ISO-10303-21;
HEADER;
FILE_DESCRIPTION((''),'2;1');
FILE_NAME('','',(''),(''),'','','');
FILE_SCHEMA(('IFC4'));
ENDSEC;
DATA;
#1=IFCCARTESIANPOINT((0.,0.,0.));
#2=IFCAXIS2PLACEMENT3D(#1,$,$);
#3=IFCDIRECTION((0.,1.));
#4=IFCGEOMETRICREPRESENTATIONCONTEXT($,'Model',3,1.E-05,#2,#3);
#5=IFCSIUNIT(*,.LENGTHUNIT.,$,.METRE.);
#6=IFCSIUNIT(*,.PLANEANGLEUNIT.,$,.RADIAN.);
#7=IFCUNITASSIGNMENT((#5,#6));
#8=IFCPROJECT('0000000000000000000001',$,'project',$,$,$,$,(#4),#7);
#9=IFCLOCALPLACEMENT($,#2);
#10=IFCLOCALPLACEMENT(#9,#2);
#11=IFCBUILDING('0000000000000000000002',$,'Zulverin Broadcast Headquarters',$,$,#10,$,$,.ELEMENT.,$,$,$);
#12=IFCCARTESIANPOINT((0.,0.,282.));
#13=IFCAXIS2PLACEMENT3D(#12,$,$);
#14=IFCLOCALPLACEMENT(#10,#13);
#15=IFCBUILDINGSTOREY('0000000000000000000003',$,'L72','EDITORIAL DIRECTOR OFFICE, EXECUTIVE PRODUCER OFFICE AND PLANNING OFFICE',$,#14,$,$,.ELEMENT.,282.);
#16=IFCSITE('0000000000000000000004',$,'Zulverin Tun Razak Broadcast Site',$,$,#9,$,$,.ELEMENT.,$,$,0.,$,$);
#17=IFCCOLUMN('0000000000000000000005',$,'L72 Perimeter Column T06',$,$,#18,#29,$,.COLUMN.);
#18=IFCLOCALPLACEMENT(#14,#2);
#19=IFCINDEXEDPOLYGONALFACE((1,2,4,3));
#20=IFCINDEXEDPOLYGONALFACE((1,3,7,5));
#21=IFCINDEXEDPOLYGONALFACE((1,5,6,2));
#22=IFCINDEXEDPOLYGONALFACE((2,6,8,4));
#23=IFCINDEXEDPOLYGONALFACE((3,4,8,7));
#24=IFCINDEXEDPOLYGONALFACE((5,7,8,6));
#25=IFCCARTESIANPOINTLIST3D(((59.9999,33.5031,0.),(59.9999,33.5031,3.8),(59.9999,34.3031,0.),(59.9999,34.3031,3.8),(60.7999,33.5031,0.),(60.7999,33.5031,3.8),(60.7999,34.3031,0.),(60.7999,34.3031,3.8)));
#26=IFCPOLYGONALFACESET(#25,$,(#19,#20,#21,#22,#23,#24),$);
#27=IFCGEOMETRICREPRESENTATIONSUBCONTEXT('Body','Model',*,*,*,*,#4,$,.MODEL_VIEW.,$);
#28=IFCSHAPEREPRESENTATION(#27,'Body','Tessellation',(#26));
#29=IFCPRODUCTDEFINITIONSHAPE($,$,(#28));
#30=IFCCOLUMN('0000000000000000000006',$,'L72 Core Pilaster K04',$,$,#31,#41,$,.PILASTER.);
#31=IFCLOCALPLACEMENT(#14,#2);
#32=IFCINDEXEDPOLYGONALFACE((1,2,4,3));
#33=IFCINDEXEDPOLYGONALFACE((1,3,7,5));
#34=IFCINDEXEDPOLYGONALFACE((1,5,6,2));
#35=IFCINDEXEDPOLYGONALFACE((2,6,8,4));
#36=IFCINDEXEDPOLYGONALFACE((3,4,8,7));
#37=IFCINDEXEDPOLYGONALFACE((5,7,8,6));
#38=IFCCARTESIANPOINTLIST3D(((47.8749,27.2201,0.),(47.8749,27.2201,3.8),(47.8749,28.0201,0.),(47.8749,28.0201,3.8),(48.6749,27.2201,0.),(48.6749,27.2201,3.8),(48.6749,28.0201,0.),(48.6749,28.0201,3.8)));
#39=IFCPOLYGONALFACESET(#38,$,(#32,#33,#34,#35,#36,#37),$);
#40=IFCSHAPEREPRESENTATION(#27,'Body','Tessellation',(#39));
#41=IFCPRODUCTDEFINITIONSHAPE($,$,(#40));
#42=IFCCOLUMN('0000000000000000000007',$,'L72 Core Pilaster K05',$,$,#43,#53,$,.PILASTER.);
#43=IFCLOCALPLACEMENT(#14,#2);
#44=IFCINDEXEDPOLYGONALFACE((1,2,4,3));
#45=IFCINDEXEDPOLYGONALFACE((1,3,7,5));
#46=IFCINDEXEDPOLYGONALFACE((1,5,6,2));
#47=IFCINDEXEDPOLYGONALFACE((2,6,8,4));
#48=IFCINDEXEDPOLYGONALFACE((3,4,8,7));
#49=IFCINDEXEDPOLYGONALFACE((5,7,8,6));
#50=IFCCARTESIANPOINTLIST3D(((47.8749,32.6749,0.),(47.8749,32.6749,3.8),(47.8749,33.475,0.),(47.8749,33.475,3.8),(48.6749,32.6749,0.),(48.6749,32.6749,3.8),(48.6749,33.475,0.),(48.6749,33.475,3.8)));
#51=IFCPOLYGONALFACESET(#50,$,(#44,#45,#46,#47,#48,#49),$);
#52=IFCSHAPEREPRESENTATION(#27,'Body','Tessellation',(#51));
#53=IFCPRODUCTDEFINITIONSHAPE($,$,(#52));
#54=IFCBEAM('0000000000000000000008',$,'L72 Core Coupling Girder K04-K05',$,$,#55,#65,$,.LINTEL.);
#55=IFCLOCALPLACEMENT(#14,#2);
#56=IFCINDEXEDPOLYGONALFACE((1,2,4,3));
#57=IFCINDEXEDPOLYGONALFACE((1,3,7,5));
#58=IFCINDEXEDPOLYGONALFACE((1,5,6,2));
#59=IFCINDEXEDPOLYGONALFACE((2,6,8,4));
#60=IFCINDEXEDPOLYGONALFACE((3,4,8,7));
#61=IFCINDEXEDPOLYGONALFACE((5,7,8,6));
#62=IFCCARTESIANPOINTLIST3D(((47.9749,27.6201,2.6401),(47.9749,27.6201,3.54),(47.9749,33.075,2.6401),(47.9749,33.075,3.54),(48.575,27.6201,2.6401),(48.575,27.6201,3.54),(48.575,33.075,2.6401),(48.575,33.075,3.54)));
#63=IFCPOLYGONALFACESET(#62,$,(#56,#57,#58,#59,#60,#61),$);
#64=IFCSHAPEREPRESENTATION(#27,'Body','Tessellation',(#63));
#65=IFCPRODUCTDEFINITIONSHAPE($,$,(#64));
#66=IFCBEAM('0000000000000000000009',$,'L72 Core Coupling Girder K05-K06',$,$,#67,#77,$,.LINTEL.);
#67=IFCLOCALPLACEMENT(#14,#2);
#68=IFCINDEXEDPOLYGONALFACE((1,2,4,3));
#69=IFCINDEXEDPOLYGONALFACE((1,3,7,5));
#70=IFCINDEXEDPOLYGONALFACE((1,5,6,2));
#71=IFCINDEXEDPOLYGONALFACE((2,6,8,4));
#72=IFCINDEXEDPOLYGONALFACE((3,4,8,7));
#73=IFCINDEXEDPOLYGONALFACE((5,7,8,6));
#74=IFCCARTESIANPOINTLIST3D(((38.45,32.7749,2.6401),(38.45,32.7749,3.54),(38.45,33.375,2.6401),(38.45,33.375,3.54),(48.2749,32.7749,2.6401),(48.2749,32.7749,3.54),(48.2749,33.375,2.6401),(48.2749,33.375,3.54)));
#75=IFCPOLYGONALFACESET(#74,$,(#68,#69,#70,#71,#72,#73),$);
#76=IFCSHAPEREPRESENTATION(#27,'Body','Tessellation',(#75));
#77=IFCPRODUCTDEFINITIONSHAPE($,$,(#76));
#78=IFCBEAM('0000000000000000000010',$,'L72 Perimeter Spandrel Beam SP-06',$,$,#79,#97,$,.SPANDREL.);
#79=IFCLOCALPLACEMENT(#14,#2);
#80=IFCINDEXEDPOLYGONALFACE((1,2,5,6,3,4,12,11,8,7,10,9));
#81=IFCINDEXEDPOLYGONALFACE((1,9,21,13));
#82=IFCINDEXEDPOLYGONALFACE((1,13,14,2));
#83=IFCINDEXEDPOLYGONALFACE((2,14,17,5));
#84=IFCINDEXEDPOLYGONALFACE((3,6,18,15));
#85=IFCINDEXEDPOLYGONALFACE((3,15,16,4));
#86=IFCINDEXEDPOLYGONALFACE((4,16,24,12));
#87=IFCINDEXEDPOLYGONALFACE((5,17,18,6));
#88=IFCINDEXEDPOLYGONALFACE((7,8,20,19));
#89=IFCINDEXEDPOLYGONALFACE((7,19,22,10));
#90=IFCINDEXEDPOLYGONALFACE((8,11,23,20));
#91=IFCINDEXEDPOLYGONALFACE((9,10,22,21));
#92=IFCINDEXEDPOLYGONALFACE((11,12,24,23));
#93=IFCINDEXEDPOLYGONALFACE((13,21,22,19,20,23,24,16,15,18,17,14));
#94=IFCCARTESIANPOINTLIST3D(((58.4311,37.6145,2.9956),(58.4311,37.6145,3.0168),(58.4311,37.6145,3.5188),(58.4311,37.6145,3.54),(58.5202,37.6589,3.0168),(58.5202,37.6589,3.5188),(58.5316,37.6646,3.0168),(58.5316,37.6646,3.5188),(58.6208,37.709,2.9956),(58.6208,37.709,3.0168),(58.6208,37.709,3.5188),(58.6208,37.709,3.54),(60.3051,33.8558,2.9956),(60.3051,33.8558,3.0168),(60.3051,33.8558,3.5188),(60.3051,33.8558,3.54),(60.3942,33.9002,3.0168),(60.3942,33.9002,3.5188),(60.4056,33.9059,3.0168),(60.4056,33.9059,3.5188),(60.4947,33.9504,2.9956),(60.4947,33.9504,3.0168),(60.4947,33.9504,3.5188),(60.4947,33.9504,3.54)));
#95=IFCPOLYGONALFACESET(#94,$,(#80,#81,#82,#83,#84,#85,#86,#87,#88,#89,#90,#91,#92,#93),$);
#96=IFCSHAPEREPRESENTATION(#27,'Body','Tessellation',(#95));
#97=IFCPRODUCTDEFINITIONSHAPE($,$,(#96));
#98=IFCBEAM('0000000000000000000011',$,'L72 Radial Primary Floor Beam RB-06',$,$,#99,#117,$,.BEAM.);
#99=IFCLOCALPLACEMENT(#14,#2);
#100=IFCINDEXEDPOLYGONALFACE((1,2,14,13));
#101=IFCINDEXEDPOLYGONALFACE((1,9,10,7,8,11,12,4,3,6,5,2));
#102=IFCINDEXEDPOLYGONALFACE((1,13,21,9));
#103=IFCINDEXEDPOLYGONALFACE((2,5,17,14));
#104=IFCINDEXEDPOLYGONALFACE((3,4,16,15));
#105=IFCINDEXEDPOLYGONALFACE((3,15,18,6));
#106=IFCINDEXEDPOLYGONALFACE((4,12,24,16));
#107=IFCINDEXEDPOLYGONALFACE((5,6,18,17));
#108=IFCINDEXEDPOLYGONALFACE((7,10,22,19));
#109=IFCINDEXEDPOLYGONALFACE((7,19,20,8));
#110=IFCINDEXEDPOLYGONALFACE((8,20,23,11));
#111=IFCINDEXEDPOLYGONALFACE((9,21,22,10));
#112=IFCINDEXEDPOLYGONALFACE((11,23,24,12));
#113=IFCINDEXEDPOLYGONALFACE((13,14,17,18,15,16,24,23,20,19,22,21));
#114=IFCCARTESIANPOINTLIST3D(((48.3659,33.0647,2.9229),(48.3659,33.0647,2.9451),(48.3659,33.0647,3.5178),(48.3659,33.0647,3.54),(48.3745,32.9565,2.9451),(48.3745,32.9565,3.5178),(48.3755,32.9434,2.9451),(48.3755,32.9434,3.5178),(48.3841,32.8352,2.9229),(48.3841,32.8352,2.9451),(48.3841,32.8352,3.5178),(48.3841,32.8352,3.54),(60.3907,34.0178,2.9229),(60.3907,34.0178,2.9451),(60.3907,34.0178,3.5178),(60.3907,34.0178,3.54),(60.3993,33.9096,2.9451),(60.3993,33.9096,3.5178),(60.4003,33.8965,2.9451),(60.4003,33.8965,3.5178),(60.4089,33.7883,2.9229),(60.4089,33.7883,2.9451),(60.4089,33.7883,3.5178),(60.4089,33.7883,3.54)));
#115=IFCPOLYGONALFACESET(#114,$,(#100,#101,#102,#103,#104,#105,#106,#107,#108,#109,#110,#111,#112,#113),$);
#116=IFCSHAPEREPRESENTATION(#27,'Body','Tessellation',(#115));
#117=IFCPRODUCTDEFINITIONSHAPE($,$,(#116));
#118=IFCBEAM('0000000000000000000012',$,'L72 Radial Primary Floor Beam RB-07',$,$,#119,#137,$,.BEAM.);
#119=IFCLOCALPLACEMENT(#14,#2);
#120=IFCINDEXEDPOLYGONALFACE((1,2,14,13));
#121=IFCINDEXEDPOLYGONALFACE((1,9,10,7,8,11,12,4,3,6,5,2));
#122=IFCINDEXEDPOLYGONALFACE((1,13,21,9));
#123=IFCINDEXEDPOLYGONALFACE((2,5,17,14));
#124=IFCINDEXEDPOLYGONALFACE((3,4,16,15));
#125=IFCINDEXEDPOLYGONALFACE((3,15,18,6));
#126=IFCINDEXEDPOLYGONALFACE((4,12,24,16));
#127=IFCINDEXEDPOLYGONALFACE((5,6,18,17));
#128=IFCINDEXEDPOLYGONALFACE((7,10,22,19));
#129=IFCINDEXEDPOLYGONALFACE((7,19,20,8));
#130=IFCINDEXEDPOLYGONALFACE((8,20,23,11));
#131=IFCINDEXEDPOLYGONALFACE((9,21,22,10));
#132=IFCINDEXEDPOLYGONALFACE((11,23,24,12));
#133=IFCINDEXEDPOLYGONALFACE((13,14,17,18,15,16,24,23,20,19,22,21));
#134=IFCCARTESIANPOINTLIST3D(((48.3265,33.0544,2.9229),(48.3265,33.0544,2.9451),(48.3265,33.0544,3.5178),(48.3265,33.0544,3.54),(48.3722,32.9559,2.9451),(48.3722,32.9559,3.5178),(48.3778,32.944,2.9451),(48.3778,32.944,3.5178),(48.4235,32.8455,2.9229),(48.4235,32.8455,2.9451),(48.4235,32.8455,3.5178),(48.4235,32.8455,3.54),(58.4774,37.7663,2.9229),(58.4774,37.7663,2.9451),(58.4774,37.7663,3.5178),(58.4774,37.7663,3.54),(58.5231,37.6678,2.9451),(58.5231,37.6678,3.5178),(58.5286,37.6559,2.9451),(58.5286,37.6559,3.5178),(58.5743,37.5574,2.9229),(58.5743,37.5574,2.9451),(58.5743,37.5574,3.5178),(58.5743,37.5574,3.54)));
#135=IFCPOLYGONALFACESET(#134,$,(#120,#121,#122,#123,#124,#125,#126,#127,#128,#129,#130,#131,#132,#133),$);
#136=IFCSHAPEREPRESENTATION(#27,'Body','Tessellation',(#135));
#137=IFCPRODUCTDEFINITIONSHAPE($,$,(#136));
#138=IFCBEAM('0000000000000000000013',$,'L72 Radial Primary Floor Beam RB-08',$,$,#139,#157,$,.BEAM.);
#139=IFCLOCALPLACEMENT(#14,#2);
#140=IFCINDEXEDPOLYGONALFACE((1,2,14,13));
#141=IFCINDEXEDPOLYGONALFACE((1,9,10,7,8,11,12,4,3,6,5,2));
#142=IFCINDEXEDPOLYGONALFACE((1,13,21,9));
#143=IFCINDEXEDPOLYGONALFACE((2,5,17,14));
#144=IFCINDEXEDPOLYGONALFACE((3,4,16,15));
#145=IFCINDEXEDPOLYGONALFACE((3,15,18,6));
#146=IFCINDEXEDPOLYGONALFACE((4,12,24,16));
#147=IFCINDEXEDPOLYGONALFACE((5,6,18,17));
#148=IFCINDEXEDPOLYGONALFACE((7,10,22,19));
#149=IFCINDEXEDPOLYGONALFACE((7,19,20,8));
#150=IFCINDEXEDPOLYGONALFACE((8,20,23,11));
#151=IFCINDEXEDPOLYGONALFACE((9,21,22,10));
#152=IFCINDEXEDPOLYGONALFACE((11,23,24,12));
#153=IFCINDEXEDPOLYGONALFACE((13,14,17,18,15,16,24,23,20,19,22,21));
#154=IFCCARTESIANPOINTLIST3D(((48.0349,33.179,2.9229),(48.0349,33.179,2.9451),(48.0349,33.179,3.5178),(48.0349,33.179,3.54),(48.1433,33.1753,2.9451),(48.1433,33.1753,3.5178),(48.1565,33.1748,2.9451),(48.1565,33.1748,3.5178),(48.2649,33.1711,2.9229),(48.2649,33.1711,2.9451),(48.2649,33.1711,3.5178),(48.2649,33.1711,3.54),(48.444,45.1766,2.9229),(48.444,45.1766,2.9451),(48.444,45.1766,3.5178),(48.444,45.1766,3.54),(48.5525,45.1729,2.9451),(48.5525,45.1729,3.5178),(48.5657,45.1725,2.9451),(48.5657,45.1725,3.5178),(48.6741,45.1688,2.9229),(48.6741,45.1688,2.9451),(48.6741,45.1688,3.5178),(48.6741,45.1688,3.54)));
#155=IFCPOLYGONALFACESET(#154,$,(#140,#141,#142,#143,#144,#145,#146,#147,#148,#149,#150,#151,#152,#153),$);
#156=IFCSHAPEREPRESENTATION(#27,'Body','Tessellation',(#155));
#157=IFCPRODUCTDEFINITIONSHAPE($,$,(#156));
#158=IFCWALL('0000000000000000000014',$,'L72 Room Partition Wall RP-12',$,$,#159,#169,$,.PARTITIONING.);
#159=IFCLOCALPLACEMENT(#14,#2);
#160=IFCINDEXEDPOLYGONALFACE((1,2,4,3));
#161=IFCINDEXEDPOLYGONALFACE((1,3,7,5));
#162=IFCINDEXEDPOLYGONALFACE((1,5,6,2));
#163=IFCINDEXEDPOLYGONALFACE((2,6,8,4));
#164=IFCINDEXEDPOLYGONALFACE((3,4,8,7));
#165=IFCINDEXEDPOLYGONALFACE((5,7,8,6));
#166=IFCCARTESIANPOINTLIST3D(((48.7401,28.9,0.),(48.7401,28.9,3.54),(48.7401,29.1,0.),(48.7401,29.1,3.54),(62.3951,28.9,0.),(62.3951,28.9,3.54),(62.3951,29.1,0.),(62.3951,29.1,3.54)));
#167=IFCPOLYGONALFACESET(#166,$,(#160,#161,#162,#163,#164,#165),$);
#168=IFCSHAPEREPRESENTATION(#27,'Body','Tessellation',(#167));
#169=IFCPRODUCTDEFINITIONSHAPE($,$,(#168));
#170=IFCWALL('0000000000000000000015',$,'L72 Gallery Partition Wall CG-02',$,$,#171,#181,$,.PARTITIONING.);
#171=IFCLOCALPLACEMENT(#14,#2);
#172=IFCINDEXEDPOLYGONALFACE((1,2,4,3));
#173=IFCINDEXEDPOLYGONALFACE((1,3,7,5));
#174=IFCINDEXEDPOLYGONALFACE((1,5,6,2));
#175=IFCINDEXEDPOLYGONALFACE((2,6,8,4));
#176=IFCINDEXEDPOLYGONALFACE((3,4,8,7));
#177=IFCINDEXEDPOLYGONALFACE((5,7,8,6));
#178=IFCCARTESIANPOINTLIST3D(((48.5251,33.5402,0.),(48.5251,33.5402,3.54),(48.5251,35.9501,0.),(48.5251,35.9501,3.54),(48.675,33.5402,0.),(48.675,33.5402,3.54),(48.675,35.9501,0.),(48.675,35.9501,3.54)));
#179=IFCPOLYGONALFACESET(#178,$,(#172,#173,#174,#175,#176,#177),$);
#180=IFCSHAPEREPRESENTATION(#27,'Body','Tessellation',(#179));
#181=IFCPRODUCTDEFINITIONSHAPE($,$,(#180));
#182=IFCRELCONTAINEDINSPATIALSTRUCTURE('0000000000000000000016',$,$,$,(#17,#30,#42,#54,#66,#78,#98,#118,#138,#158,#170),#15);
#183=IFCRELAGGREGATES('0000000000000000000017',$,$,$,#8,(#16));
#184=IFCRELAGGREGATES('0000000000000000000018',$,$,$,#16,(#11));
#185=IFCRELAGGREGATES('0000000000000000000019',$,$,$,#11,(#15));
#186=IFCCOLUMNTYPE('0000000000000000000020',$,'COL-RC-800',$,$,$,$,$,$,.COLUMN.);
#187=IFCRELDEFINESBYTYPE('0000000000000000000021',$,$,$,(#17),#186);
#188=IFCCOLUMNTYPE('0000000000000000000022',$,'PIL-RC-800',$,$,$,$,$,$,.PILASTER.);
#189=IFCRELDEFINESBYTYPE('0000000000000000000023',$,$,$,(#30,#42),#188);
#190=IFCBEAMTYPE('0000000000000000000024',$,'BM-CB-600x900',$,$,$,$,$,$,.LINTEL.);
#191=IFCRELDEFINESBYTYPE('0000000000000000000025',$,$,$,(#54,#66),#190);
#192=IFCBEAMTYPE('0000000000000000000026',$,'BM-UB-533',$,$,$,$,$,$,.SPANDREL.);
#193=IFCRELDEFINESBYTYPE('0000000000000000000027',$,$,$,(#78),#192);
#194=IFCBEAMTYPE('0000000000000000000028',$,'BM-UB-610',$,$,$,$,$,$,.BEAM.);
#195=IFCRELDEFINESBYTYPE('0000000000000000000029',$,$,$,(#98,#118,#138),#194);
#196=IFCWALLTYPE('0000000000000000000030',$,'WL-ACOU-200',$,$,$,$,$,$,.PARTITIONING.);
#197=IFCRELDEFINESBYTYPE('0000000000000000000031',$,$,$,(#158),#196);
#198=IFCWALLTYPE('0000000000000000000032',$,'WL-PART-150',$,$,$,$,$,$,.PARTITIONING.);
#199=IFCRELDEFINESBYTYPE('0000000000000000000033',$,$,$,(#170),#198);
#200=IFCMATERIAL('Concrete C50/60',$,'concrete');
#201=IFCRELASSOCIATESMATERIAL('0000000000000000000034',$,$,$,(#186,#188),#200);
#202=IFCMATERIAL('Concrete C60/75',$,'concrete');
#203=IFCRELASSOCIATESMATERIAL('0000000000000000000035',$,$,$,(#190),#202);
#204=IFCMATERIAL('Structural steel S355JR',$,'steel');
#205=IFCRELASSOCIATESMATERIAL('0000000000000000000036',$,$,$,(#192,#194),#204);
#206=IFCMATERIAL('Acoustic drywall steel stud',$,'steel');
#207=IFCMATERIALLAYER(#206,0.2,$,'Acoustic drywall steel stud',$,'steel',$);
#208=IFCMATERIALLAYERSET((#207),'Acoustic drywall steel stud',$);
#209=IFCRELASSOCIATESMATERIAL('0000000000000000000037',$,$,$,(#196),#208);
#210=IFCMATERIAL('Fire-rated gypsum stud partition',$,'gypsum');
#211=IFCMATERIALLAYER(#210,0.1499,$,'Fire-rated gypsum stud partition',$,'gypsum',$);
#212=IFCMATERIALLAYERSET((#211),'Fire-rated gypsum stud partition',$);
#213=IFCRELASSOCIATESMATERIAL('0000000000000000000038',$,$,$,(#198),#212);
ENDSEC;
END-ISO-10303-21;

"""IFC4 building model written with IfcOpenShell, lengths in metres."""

from ifc_helpers import new_model, si_unit, direction, frame, frame_2d, origin, origin_2d, place, context, subcontext, project, spatial, rectangle, i_section, extrude, material, layer, layer_set, material_profile, profile_set, type_object, element, save


model = new_model("IFC4")

# Units and contexts
model_context = context("Model", 3, precision=1e-05, world=origin(), true_north=direction((0.0, 1.0)))
body_context = subcontext(model_context, "Body", "Model", "MODEL_VIEW")
ifc_project = project(units=[si_unit("LENGTHUNIT", "METRE"), si_unit("PLANEANGLEUNIT", "RADIAN")], contexts=[model_context])

# Site, building, storey
site_placement = place(None, origin())
site = spatial("IfcSite", under=ifc_project, at=site_placement, Name="Zulverin Tun Razak Broadcast Site", CompositionType="ELEMENT", RefElevation=0.0)
building_placement = place(site_placement, origin())
building = spatial("IfcBuilding", under=site, at=building_placement, Name="Zulverin Broadcast Headquarters", CompositionType="ELEMENT")
storey_placement = place(building_placement, frame((0.0, 0.0, 282.0)))
storey = spatial("IfcBuildingStorey", under=building, at=storey_placement, Name="L72", Description="EDITORIAL DIRECTOR OFFICE, EXECUTIVE PRODUCER OFFICE AND PLANNING OFFICE", CompositionType="ELEMENT", Elevation=282.0)

# Columns
ifc_material_1 = material(Name="Concrete C50/60", Category="concrete")
ifc_material_profile_1 = material_profile(ifc_material_1, rectangle(XDim=0.8, YDim=0.8, at=origin_2d()), Name="Concrete C50/60", Category="concrete")
ifc_profile_set_1 = profile_set([ifc_material_profile_1], Name="Concrete C50/60")
column_type_1 = type_object("IfcColumnType", Name="COL-RC-800", PredefinedType="COLUMN", material=ifc_profile_set_1)
column_placement = place(storey_placement, frame((60.3999, 33.9031, 0.0), z_axis=(0.0, 0.0, 1.0), x_axis=(1.0, 0.0, 0.0)))
element("IfcColumn", 1, at=column_placement, inside=storey, type_object=column_type_1, Name="L72 Perimeter Column T06", PredefinedType="COLUMN", context=body_context, shape_type="SweptSolid", body=[
    extrude(rectangle(XDim=0.8, YDim=0.8, at=origin_2d()), origin(), (0.0, 0.0, 1.0), 3.8),
])
ifc_material_profile_2 = material_profile(ifc_material_1, rectangle(XDim=0.8, YDim=0.8, at=origin_2d()), Name="Concrete C50/60", Category="concrete")
ifc_profile_set_2 = profile_set([ifc_material_profile_2], Name="Concrete C50/60")
column_type_2 = type_object("IfcColumnType", Name="PIL-RC-800", PredefinedType="PILASTER", material=ifc_profile_set_2)
for number, where, z_axis, x_axis, name in (
    (2, (48.2749, 27.6201, 0.0), (0.0, 0.0, 1.0), (1.0, 0.0, 0.0), "L72 Core Pilaster K04"),
    (3, (48.2749, 33.075, 0.0), (0.0, 0.0, 1.0), (1.0, 0.0, 0.0), "L72 Core Pilaster K05"),
):
    element("IfcColumn", number, at=place(storey_placement, frame(where, z_axis=z_axis, x_axis=x_axis)), inside=storey, type_object=column_type_2, Name=name, PredefinedType="PILASTER", context=body_context, shape_type="SweptSolid", body=[
        extrude(rectangle(XDim=0.8, YDim=0.8, at=origin_2d()), origin(), (0.0, 0.0, 1.0), 3.8),
    ])

# Beams
ifc_material_2 = material(Name="Concrete C60/75", Category="concrete")
ifc_material_profile_3 = material_profile(ifc_material_2, rectangle(XDim=0.6001, YDim=0.8999, at=origin_2d()), Name="Concrete C60/75", Category="concrete")
ifc_profile_set_3 = profile_set([ifc_material_profile_3], Name="Concrete C60/75")
beam_type_1 = type_object("IfcBeamType", Name="BM-CB-600x900", PredefinedType="LINTEL", material=ifc_profile_set_3)
beam_1_placement = place(storey_placement, frame((48.2749, 27.6201, 3.0901), z_axis=(0.0, 1.0, 0.0), x_axis=(-1.0, 0.0, 0.0)))
element("IfcBeam", 4, at=beam_1_placement, inside=storey, type_object=beam_type_1, Name="L72 Core Coupling Girder K04-K05", PredefinedType="LINTEL", context=body_context, shape_type="SweptSolid", body=[
    extrude(rectangle(XDim=0.6001, YDim=0.8999, at=origin_2d()), origin(), (0.0, 0.0, 1.0), 5.4548),
])
beam_2_placement = place(storey_placement, frame((48.2749, 33.075, 3.0901), z_axis=(-1.0, 0.0, 0.0), x_axis=(0.0, -1.0, 0.0)))
element("IfcBeam", 5, at=beam_2_placement, inside=storey, type_object=beam_type_1, Name="L72 Core Coupling Girder K05-K06", PredefinedType="LINTEL", context=body_context, shape_type="SweptSolid", body=[
    extrude(rectangle(XDim=0.6001, YDim=0.8999, at=origin_2d()), origin(), (0.0, 0.0, 1.0), 9.825),
])
ifc_material_3 = material(Name="Structural steel S355JR", Category="steel")
ifc_material_profile_4 = material_profile(ifc_material_3, i_section(OverallWidth=0.2119, OverallDepth=0.5444, WebThickness=0.0127, FlangeThickness=0.0212, at=origin_2d()), Name="Structural steel S355JR", Category="steel")
ifc_profile_set_4 = profile_set([ifc_material_profile_4], Name="Structural steel S355JR")
beam_type_2 = type_object("IfcBeamType", Name="BM-UB-533", PredefinedType="SPANDREL", material=ifc_profile_set_4)
beam_3_placement = place(storey_placement, frame((60.3999, 33.9031, 3.2678), z_axis=(-0.44619, 0.894938, 0.0), x_axis=(-0.894938, -0.44619, 0.0)))
element("IfcBeam", 6, at=beam_3_placement, inside=storey, type_object=beam_type_2, Name="L72 Perimeter Spandrel Beam SP-06", PredefinedType="SPANDREL", context=body_context, shape_type="SweptSolid", body=[
    extrude(i_section(OverallWidth=0.2119, OverallDepth=0.5444, WebThickness=0.0127, FlangeThickness=0.0212, at=origin_2d()), origin(), (0.0, 0.0, 1.0), 4.2),
])
ifc_material_profile_5 = material_profile(ifc_material_3, i_section(OverallWidth=0.2302, OverallDepth=0.6172, WebThickness=0.0132, FlangeThickness=0.0222, at=origin_2d()), Name="Structural steel S355JR", Category="steel")
ifc_profile_set_5 = profile_set([ifc_material_profile_5], Name="Structural steel S355JR")
beam_type_3 = type_object("IfcBeamType", Name="BM-UB-610", PredefinedType="BEAM", material=ifc_profile_set_5)
beam_4_placement = place(storey_placement, frame((48.375, 32.95, 3.2314), z_axis=(0.996873, 0.079015, 0.0), x_axis=(-0.079015, 0.996873, 0.0)))
element("IfcBeam", 7, at=beam_4_placement, inside=storey, type_object=beam_type_3, Name="L72 Radial Primary Floor Beam RB-06", PredefinedType="BEAM", context=body_context, shape_type="SweptSolid", body=[
    extrude(i_section(OverallWidth=0.2302, OverallDepth=0.6172, WebThickness=0.0132, FlangeThickness=0.0222, at=origin_2d()), origin(), (0.0, 0.0, 1.0), 12.0625),
])
beam_5_placement = place(storey_placement, frame((48.375, 32.95, 3.2314), z_axis=(0.907043, 0.421038, 0.0), x_axis=(-0.421038, 0.907043, 0.0)))
element("IfcBeam", 8, at=beam_5_placement, inside=storey, type_object=beam_type_3, Name="L72 Radial Primary Floor Beam RB-07", PredefinedType="BEAM", context=body_context, shape_type="SweptSolid", body=[
    extrude(i_section(OverallWidth=0.2302, OverallDepth=0.6172, WebThickness=0.0132, FlangeThickness=0.0222, at=origin_2d()), origin(), (0.0, 0.0, 1.0), 11.1912),
])
beam_6_placement = place(storey_placement, frame((48.1499, 33.175, 3.2314), z_axis=(0.034085, 0.999419, 0.0), x_axis=(-0.999419, 0.034085, 0.0)))
element("IfcBeam", 9, at=beam_6_placement, inside=storey, type_object=beam_type_3, Name="L72 Radial Primary Floor Beam RB-08", PredefinedType="BEAM", context=body_context, shape_type="SweptSolid", body=[
    extrude(i_section(OverallWidth=0.2302, OverallDepth=0.6172, WebThickness=0.0132, FlangeThickness=0.0222, at=origin_2d()), origin(), (0.0, 0.0, 1.0), 12.0046),
])

# Walls
ifc_material_4 = material(Name="Acoustic drywall steel stud", Category="steel")
ifc_layer_1 = layer(ifc_material_4, 0.2, Name="Acoustic drywall steel stud", Category="steel")
ifc_layer_set_1 = layer_set([ifc_layer_1], Name="Acoustic drywall steel stud")
wall_type_1 = type_object("IfcWallType", Name="WL-ACOU-200", PredefinedType="PARTITIONING", material=ifc_layer_set_1)
wall_placement = place(storey_placement, frame((48.74, 29.0, 0.0), z_axis=(0.0, 0.0, 1.0), x_axis=(1.0, 0.0, 0.0)))
element("IfcWall", 10, at=wall_placement, inside=storey, type_object=wall_type_1, Name="L72 Room Partition Wall RP-12", PredefinedType="PARTITIONING", context=body_context, shape_type="SweptSolid", body=[
    extrude(rectangle(XDim=13.655, YDim=0.2, at=frame_2d((6.8276, 0.0))), origin(), (0.0, 0.0, 1.0), 3.54),
])
ifc_material_5 = material(Name="Fire-rated gypsum stud partition", Category="gypsum")
ifc_layer_2 = layer(ifc_material_5, 0.1499, Name="Fire-rated gypsum stud partition", Category="gypsum")
ifc_layer_set_2 = layer_set([ifc_layer_2], Name="Fire-rated gypsum stud partition")
wall_type_2 = type_object("IfcWallType", Name="WL-PART-150", PredefinedType="PARTITIONING", material=ifc_layer_set_2)
for number, where, z_axis, x_axis, name in (
    (11, (48.6001, 33.54, 0.0), (0.0, 0.0, 1.0), (0.0, 1.0, 0.0), "L72 Gallery Partition Wall CG-02"),
):
    element("IfcWall", number, at=place(storey_placement, frame(where, z_axis=z_axis, x_axis=x_axis)), inside=storey, type_object=wall_type_2, Name=name, PredefinedType="PARTITIONING", context=body_context, shape_type="SweptSolid", body=[
        extrude(rectangle(XDim=2.4099, YDim=0.1499, at=frame_2d((1.2051, 0.0))), origin(), (0.0, 0.0, 1.0), 3.54),
    ])

save(model, "model.ifc")
